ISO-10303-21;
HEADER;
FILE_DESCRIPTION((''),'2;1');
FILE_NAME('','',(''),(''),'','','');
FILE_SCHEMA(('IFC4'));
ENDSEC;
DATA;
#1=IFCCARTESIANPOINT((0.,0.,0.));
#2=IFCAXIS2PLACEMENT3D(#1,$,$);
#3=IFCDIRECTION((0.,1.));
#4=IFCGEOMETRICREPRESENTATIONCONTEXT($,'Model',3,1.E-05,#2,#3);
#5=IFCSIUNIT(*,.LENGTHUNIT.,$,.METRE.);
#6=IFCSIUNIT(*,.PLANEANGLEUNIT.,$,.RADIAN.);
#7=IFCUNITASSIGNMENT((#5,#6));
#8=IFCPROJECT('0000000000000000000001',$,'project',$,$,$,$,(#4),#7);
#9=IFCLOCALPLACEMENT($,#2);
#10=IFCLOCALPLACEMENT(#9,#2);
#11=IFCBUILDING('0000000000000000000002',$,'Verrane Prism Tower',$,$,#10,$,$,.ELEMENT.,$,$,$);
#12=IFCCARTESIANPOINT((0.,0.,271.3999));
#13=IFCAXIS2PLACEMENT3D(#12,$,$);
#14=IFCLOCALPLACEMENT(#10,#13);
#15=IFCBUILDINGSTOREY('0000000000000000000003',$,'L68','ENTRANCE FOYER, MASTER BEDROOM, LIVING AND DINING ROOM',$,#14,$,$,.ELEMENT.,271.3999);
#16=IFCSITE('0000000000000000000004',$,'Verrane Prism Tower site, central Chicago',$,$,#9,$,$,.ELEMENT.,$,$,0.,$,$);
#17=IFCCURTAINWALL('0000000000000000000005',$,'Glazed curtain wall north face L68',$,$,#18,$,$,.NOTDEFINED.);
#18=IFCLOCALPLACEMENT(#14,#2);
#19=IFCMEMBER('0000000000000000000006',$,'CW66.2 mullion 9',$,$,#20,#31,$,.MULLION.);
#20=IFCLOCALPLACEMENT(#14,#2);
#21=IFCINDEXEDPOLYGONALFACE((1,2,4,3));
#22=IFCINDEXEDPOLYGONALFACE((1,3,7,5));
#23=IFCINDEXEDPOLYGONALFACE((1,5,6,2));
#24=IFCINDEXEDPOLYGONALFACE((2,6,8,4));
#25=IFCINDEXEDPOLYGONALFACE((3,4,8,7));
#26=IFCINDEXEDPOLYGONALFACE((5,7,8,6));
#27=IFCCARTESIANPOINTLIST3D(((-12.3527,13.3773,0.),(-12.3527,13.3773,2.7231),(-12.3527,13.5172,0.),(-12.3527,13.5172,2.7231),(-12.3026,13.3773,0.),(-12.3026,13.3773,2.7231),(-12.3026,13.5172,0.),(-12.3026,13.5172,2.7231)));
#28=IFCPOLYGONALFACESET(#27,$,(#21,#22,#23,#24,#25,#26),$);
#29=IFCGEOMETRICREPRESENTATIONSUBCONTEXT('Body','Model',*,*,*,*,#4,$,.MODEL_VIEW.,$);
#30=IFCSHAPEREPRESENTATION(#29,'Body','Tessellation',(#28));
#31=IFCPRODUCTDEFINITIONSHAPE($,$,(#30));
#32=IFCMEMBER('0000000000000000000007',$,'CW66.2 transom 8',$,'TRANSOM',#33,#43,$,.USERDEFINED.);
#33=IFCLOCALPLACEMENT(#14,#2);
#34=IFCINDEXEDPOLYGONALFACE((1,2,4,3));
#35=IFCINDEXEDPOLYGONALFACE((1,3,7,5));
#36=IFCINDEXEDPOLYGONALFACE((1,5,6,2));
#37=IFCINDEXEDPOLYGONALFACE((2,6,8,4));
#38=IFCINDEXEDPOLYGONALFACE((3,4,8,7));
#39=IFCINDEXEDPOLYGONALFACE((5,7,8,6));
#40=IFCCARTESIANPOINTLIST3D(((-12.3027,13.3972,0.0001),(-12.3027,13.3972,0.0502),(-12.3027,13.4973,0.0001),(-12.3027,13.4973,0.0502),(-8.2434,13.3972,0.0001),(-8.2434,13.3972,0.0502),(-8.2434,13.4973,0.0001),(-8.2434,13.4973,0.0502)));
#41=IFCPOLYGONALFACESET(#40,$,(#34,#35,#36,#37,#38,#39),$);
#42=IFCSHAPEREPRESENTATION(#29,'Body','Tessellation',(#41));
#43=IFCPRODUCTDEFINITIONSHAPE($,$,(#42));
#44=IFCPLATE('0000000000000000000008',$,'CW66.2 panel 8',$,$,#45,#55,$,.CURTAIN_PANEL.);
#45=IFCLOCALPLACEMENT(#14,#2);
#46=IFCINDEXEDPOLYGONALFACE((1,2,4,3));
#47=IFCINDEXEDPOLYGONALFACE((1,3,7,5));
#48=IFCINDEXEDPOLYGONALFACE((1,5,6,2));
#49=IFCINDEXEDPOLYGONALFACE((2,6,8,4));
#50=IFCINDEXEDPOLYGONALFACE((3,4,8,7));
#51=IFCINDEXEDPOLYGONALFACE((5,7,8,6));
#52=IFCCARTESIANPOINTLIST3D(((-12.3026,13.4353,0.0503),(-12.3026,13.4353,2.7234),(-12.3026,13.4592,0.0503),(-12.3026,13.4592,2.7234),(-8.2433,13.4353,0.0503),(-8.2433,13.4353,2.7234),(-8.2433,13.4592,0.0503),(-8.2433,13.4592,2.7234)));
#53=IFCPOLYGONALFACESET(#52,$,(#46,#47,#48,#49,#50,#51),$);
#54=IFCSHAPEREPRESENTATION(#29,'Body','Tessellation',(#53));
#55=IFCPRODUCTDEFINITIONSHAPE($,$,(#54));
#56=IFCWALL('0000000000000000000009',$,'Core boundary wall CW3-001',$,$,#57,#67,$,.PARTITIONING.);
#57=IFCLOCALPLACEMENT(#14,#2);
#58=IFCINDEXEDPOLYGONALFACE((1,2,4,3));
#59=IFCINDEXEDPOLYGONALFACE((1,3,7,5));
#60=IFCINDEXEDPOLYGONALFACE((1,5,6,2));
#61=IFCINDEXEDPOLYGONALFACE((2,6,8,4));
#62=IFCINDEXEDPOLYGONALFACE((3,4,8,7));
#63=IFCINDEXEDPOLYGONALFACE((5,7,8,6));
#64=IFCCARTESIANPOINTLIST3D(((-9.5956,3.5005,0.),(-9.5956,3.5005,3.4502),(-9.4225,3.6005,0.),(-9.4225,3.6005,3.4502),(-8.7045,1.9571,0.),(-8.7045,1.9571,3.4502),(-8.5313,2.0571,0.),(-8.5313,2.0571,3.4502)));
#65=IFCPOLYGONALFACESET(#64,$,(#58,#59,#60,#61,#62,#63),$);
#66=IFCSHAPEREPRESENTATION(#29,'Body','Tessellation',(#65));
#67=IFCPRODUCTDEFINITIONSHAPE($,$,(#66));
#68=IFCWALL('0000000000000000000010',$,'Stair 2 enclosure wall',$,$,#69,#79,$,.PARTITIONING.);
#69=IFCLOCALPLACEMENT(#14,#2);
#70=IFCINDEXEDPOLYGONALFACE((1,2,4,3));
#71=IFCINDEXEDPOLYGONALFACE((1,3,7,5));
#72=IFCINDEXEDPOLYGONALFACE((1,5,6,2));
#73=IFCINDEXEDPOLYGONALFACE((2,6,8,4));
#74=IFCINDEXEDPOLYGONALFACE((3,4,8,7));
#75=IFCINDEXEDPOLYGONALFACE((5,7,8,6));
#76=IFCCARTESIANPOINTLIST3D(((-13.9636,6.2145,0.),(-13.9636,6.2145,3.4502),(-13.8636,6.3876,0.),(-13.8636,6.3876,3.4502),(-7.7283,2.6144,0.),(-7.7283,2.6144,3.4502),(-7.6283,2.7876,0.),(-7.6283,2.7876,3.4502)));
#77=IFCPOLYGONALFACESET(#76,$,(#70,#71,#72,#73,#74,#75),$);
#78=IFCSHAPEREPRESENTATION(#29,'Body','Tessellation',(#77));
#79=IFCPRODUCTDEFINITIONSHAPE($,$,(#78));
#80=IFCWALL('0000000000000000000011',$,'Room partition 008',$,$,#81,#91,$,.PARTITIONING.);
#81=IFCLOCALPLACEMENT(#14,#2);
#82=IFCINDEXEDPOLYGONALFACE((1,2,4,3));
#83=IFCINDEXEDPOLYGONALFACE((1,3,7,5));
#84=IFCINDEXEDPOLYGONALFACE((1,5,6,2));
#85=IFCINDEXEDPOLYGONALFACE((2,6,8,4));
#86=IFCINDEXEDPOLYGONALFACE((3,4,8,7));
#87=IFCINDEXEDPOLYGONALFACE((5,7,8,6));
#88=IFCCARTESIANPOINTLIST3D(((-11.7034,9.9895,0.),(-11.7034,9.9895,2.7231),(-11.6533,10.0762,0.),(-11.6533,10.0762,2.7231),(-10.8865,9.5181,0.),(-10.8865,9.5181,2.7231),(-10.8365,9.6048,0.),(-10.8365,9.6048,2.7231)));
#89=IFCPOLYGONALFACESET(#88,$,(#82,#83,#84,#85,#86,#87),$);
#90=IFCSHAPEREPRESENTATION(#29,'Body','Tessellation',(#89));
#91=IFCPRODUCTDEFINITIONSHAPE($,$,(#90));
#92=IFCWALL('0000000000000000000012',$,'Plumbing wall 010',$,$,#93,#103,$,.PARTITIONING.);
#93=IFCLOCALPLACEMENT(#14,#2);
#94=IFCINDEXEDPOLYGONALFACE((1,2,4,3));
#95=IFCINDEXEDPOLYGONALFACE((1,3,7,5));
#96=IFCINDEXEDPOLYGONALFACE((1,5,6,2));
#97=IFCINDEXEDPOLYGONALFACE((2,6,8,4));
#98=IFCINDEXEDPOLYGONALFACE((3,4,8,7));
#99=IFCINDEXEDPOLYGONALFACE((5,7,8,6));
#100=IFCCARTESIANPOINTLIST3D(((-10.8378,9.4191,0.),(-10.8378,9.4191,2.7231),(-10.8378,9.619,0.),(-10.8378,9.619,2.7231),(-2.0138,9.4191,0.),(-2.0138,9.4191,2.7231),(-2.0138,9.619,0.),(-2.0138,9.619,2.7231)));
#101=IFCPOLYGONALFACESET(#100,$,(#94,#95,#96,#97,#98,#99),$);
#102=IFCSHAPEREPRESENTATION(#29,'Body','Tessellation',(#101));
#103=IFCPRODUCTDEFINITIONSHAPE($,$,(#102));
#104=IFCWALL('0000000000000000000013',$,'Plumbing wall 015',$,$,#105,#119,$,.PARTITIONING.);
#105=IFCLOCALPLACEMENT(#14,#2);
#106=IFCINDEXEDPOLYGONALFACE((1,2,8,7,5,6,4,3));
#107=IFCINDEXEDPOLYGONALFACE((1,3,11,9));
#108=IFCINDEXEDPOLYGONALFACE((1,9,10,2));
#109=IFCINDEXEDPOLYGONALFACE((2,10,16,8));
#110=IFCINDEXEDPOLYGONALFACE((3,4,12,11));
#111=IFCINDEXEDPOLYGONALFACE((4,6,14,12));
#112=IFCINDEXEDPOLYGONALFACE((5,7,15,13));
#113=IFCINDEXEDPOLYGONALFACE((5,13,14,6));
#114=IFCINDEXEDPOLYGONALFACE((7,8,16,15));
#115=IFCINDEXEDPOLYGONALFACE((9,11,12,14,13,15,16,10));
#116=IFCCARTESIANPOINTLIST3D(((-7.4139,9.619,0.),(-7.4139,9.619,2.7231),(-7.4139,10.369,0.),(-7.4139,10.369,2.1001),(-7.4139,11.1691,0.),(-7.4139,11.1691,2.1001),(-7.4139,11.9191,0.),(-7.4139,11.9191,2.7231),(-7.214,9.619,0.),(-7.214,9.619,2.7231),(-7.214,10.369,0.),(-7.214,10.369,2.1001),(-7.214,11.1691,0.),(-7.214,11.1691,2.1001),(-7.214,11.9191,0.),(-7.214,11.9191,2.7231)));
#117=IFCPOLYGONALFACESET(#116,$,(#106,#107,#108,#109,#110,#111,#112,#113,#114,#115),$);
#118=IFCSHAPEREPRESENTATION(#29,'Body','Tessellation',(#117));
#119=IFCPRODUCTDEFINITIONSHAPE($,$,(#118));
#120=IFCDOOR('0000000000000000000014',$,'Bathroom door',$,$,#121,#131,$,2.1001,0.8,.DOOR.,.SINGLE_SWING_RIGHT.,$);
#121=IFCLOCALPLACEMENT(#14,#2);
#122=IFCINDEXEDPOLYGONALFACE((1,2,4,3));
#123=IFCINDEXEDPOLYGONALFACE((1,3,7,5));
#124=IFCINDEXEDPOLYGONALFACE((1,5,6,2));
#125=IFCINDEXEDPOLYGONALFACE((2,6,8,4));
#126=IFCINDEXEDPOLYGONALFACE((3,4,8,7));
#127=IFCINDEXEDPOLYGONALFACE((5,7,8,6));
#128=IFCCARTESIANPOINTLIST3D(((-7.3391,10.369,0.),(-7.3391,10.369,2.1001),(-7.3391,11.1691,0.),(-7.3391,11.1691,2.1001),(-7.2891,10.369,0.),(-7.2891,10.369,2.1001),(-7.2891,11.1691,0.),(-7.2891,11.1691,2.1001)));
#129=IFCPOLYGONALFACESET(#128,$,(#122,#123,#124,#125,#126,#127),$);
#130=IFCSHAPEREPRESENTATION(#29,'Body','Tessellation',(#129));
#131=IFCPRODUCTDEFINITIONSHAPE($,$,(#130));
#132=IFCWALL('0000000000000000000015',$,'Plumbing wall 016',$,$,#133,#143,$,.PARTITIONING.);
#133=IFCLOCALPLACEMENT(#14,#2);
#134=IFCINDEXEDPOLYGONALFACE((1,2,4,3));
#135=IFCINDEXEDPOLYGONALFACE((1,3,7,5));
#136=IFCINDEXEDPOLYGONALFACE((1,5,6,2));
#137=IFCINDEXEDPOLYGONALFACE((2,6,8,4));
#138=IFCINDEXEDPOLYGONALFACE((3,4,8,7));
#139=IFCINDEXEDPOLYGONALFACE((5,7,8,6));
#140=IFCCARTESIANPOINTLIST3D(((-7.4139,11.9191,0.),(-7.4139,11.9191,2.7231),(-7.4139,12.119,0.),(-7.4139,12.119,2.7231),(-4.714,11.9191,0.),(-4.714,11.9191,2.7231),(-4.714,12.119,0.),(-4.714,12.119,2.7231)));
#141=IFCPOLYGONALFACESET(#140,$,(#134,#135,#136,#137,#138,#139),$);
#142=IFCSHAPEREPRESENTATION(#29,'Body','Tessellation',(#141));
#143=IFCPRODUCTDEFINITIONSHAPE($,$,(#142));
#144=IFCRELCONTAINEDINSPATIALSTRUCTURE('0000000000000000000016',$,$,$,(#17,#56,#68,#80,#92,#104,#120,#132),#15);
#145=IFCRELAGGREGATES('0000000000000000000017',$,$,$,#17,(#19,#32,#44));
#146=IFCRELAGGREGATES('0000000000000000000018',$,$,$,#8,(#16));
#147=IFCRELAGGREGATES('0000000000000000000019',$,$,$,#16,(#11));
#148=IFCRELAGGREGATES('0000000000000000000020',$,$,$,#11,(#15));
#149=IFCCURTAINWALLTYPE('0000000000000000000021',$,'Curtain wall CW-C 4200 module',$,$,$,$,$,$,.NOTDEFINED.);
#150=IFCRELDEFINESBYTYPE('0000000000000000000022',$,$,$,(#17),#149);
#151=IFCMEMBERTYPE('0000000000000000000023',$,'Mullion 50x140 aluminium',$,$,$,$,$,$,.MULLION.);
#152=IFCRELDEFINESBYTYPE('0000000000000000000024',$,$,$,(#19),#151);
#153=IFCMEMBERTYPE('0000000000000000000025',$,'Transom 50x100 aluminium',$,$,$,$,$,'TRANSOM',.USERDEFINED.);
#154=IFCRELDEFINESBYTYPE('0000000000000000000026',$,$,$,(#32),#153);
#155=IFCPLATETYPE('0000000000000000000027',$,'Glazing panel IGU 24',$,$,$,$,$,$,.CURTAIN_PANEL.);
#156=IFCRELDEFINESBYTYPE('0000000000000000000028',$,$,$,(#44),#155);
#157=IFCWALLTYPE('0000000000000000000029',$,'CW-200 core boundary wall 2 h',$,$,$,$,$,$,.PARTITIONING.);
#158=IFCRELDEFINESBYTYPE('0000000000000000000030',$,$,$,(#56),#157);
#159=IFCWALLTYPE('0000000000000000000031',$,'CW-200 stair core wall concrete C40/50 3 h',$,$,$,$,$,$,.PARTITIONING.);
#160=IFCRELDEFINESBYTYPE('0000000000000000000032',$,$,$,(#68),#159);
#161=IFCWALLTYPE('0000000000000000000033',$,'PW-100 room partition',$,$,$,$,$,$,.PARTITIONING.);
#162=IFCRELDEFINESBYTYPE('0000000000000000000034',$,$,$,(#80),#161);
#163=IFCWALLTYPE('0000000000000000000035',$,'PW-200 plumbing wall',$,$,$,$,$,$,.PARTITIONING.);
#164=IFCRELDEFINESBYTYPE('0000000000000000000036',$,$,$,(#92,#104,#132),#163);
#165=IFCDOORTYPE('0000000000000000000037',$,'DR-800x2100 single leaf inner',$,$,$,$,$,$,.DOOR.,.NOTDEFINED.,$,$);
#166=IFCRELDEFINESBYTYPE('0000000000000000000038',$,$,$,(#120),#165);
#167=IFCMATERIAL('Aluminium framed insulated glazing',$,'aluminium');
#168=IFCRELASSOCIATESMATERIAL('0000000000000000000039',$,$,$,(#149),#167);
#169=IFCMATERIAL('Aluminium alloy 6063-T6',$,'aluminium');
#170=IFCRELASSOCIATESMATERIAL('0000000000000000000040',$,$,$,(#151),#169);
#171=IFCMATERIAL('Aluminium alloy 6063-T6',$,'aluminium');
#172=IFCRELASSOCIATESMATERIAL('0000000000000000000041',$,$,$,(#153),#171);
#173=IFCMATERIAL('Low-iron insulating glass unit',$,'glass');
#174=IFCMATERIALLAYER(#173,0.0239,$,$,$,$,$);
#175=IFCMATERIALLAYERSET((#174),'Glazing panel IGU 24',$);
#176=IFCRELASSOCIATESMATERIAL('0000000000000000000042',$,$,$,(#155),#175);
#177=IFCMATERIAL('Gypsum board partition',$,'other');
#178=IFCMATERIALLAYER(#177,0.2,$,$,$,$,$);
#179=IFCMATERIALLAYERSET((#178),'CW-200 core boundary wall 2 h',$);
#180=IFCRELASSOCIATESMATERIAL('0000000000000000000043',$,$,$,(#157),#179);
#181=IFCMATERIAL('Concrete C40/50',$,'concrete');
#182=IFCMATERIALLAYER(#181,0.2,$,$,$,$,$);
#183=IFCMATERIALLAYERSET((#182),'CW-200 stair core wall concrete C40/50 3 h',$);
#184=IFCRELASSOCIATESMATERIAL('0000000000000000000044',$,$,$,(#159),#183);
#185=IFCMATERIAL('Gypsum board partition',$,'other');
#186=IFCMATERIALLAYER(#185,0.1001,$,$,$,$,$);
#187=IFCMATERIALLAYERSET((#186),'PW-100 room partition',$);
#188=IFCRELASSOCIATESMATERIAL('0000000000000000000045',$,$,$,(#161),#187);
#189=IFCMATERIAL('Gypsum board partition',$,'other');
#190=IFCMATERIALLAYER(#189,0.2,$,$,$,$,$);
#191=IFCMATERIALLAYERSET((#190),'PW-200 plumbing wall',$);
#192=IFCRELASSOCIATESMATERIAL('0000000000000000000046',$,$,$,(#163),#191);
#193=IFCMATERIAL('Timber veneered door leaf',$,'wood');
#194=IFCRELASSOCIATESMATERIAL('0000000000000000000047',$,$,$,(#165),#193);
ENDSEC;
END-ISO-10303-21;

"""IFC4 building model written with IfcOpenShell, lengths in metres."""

from ifc_helpers import new_model, si_unit, direction, frame, frame_2d, origin, origin_2d, place, context, subcontext, project, spatial, rectangle, extrude, material, layer, layer_set, material_profile, profile_set, type_object, element, fill, aggregate, save


model = new_model("IFC4")

# Units and contexts
model_context = context("Model", 3, precision=1e-05, world=origin(), true_north=direction((0.0, 1.0)))
body_context = subcontext(model_context, "Body", "Model", "MODEL_VIEW")
ifc_project = project(units=[si_unit("LENGTHUNIT", "METRE"), si_unit("PLANEANGLEUNIT", "RADIAN")], contexts=[model_context])

# Site, building, storey
site_placement = place(None, origin())
site = spatial("IfcSite", under=ifc_project, at=site_placement, Name="Verrane Prism Tower site, central Chicago", CompositionType="ELEMENT", RefElevation=0.0)
building_placement = place(site_placement, origin())
building = spatial("IfcBuilding", under=site, at=building_placement, Name="Verrane Prism Tower", CompositionType="ELEMENT")
storey_placement = place(building_placement, frame((0.0, 0.0, 271.3999)))
storey = spatial("IfcBuildingStorey", under=building, at=storey_placement, Name="L68", Description="ENTRANCE FOYER, MASTER BEDROOM, LIVING AND DINING ROOM", CompositionType="ELEMENT", Elevation=271.3999)

# Curtain wall, members, plate
ifc_material_1 = material(Name="Aluminium framed insulated glazing", Category="aluminium")
curtain_wall_type = type_object("IfcCurtainWallType", Name="Curtain wall CW-C 4200 module", PredefinedType="NOTDEFINED", material=ifc_material_1)
curtain_wall_placement = place(storey_placement, origin())
curtain_wall = element("IfcCurtainWall", 1, at=curtain_wall_placement, inside=storey, type_object=curtain_wall_type, Name="Glazed curtain wall north face L68", PredefinedType="NOTDEFINED")
ifc_material_2 = material(Name="Aluminium alloy 6063-T6", Category="aluminium")
ifc_material_profile_1 = material_profile(ifc_material_2, rectangle(XDim=0.1399, YDim=0.05, at=origin_2d()), Name="Mullion 50x140 aluminium")
ifc_profile_set_1 = profile_set([ifc_material_profile_1], Name="Aluminium alloy 6063-T6")
member_type_1 = type_object("IfcMemberType", Name="Mullion 50x140 aluminium", PredefinedType="MULLION", material=ifc_profile_set_1)
member_1_placement = place(storey_placement, frame((-12.3276, 13.4473, 0.0), z_axis=(0.0, 0.0, 1.0), x_axis=(0.0, -1.0, 0.0)))
member_1 = element("IfcMember", 2, at=member_1_placement, type_object=member_type_1, Name="CW66.2 mullion 9", PredefinedType="MULLION", context=body_context, shape_type="SweptSolid", body=[
    extrude(rectangle(XDim=0.1399, YDim=0.05, at=origin_2d()), origin(), (0.0, 0.0, 1.0), 2.7231),
])
ifc_material_3 = material(Name="Aluminium alloy 6063-T6", Category="aluminium")
ifc_material_profile_2 = material_profile(ifc_material_3, rectangle(XDim=0.1001, YDim=0.05, at=origin_2d()), Name="Transom 50x100 aluminium")
ifc_profile_set_2 = profile_set([ifc_material_profile_2], Name="Aluminium alloy 6063-T6")
member_type_2 = type_object("IfcMemberType", Name="Transom 50x100 aluminium", ElementType="TRANSOM", PredefinedType="USERDEFINED", material=ifc_profile_set_2)
member_2_placement = place(storey_placement, frame((-8.2434, 13.4473, 0.0251), z_axis=(-1.0, 0.0, 0.0), x_axis=(0.0, -1.0, 0.0)))
member_2 = element("IfcMember", 3, at=member_2_placement, type_object=member_type_2, Name="CW66.2 transom 8", ObjectType="TRANSOM", PredefinedType="USERDEFINED", context=body_context, shape_type="SweptSolid", body=[
    extrude(rectangle(XDim=0.1001, YDim=0.05, at=origin_2d()), origin(), (0.0, 0.0, 1.0), 4.0593),
])
ifc_material_4 = material(Name="Low-iron insulating glass unit", Category="glass")
ifc_layer_1 = layer(ifc_material_4, 0.0239)
ifc_layer_set_1 = layer_set([ifc_layer_1], Name="Glazing panel IGU 24")
plate_type = type_object("IfcPlateType", Name="Glazing panel IGU 24", PredefinedType="CURTAIN_PANEL", material=ifc_layer_set_1)
plate_placement = place(storey_placement, frame((-10.2729, 13.4473, 0.0503), z_axis=(0.0, 0.0, 1.0), x_axis=(-1.0, 0.0, 0.0)))
plate = element("IfcPlate", 4, at=plate_placement, type_object=plate_type, Name="CW66.2 panel 8", PredefinedType="CURTAIN_PANEL", context=body_context, shape_type="SweptSolid", body=[
    extrude(rectangle(XDim=4.0593, YDim=0.0239, at=origin_2d()), origin(), (0.0, 0.0, 1.0), 2.6731),
])
aggregate(curtain_wall, [member_1, member_2, plate])

# Walls
ifc_material_5 = material(Name="Gypsum board partition", Category="other")
ifc_layer_2 = layer(ifc_material_5, 0.2)
ifc_layer_set_2 = layer_set([ifc_layer_2], Name="CW-200 core boundary wall 2 h")
wall_type_1 = type_object("IfcWallType", Name="CW-200 core boundary wall 2 h", PredefinedType="PARTITIONING", material=ifc_layer_set_2)
wall_1_placement = place(storey_placement, frame((-9.509, 3.5505, 0.0), z_axis=(0.0, 0.0, 1.0), x_axis=(0.499999, -0.866026, 0.0)))
element("IfcWall", 5, at=wall_1_placement, inside=storey, type_object=wall_type_1, Name="Core boundary wall CW3-001", PredefinedType="PARTITIONING", context=body_context, shape_type="SweptSolid", body=[
    extrude(rectangle(XDim=1.7822, YDim=0.2, at=frame_2d((0.8911, 0.0))), origin(), (0.0, 0.0, 1.0), 3.4502),
])
ifc_material_6 = material(Name="Concrete C40/50", Category="concrete")
ifc_layer_3 = layer(ifc_material_6, 0.2)
ifc_layer_set_3 = layer_set([ifc_layer_3], Name="CW-200 stair core wall concrete C40/50 3 h")
wall_type_2 = type_object("IfcWallType", Name="CW-200 stair core wall concrete C40/50 3 h", PredefinedType="PARTITIONING", material=ifc_layer_set_3)
wall_2_placement = place(storey_placement, frame((-7.6782, 2.7009, 0.0), z_axis=(0.0, 0.0, 1.0), x_axis=(-0.866018, 0.500012, 0.0)))
element("IfcWall", 6, at=wall_2_placement, inside=storey, type_object=wall_type_2, Name="Stair 2 enclosure wall", PredefinedType="PARTITIONING", context=body_context, shape_type="SweptSolid", body=[
    extrude(rectangle(XDim=7.2, YDim=0.2, at=frame_2d((3.6001, 0.0))), origin(), (0.0, 0.0, 1.0), 3.4502),
])
ifc_material_7 = material(Name="Gypsum board partition", Category="other")
ifc_layer_4 = layer(ifc_material_7, 0.1001)
ifc_layer_set_4 = layer_set([ifc_layer_4], Name="PW-100 room partition")
wall_type_3 = type_object("IfcWallType", Name="PW-100 room partition", PredefinedType="PARTITIONING", material=ifc_layer_set_4)
wall_3_placement = place(storey_placement, frame((-11.6785, 10.033, 0.0), z_axis=(0.0, 0.0, 1.0), x_axis=(0.866117, -0.499842, 0.0)))
element("IfcWall", 7, at=wall_3_placement, inside=storey, type_object=wall_type_3, Name="Room partition 008", PredefinedType="PARTITIONING", context=body_context, shape_type="SweptSolid", body=[
    extrude(rectangle(XDim=0.9431, YDim=0.1001, at=frame_2d((0.4717, 0.0))), origin(), (0.0, 0.0, 1.0), 2.7231),
])
ifc_material_8 = material(Name="Gypsum board partition", Category="other")
ifc_layer_5 = layer(ifc_material_8, 0.2)
ifc_layer_set_5 = layer_set([ifc_layer_5], Name="PW-200 plumbing wall")
wall_type_4 = type_object("IfcWallType", Name="PW-200 plumbing wall", PredefinedType="PARTITIONING", material=ifc_layer_set_5)
wall_4_placement = place(storey_placement, frame((-10.8379, 9.519, 0.0), z_axis=(0.0, 0.0, 1.0), x_axis=(1.0, 0.0, 0.0)))
element("IfcWall", 8, at=wall_4_placement, inside=storey, type_object=wall_type_4, Name="Plumbing wall 010", PredefinedType="PARTITIONING", context=body_context, shape_type="SweptSolid", body=[
    extrude(rectangle(XDim=8.824, YDim=0.2, at=frame_2d((4.4121, 0.0))), origin(), (0.0, 0.0, 1.0), 2.7231),
])

# Wall, opening, door
wall_5_placement = place(storey_placement, frame((-7.314, 11.9189, 0.0), z_axis=(0.0, 0.0, 1.0), x_axis=(0.0, -1.0, 0.0)))
wall_5 = element("IfcWall", 9, at=wall_5_placement, inside=storey, type_object=wall_type_4, Name="Plumbing wall 015", PredefinedType="PARTITIONING", context=body_context, shape_type="SweptSolid", body=[
    extrude(rectangle(XDim=2.3, YDim=0.2, at=frame_2d((1.1499, 0.0))), origin(), (0.0, 0.0, 1.0), 2.7231),
])
opening_placement = place(wall_5_placement, frame((0.75, 0.0, 0.0)))
opening = element("IfcOpeningElement", 10, at=opening_placement, cuts=wall_5, PredefinedType="OPENING", context=body_context, shape_type="SweptSolid", body=[
    extrude(rectangle(XDim=0.8, YDim=2.1001, at=frame_2d((0.3999, 1.05))), frame((0.0, 0.1099, 0.0), z_axis=(0.0, -1.0, 0.0), x_axis=(1.0, 0.0, 0.0)), (0.0, 0.0, 1.0), 0.22),
])
ifc_material_9 = material(Name="Timber veneered door leaf", Category="wood")
door_type = type_object("IfcDoorType", Name="DR-800x2100 single leaf inner", OperationType="NOTDEFINED", PredefinedType="DOOR", material=ifc_material_9)
door_placement = place(opening_placement, origin())
door = element("IfcDoor", 11, at=door_placement, inside=storey, type_object=door_type, Name="Bathroom door", OperationType="SINGLE_SWING_RIGHT", OverallHeight=2.1001, OverallWidth=0.8, PredefinedType="DOOR", context=body_context, shape_type="SweptSolid", body=[
    extrude(rectangle(XDim=0.8, YDim=2.1001, at=frame_2d((0.3999, 1.05))), frame((0.0, 0.0249, 0.0), z_axis=(0.0, -1.0, 0.0), x_axis=(1.0, 0.0, 0.0)), (0.0, 0.0, 1.0), 0.05),
])
fill(opening, door)

# Wall
wall_6_placement = place(storey_placement, frame((-7.4141, 12.019, 0.0), z_axis=(0.0, 0.0, 1.0), x_axis=(1.0, 0.0, 0.0)))
element("IfcWall", 12, at=wall_6_placement, inside=storey, type_object=wall_type_4, Name="Plumbing wall 016", PredefinedType="PARTITIONING", context=body_context, shape_type="SweptSolid", body=[
    extrude(rectangle(XDim=2.7, YDim=0.2, at=frame_2d((1.3501, 0.0))), origin(), (0.0, 0.0, 1.0), 2.7231),
])

save(model, "model.ifc")
